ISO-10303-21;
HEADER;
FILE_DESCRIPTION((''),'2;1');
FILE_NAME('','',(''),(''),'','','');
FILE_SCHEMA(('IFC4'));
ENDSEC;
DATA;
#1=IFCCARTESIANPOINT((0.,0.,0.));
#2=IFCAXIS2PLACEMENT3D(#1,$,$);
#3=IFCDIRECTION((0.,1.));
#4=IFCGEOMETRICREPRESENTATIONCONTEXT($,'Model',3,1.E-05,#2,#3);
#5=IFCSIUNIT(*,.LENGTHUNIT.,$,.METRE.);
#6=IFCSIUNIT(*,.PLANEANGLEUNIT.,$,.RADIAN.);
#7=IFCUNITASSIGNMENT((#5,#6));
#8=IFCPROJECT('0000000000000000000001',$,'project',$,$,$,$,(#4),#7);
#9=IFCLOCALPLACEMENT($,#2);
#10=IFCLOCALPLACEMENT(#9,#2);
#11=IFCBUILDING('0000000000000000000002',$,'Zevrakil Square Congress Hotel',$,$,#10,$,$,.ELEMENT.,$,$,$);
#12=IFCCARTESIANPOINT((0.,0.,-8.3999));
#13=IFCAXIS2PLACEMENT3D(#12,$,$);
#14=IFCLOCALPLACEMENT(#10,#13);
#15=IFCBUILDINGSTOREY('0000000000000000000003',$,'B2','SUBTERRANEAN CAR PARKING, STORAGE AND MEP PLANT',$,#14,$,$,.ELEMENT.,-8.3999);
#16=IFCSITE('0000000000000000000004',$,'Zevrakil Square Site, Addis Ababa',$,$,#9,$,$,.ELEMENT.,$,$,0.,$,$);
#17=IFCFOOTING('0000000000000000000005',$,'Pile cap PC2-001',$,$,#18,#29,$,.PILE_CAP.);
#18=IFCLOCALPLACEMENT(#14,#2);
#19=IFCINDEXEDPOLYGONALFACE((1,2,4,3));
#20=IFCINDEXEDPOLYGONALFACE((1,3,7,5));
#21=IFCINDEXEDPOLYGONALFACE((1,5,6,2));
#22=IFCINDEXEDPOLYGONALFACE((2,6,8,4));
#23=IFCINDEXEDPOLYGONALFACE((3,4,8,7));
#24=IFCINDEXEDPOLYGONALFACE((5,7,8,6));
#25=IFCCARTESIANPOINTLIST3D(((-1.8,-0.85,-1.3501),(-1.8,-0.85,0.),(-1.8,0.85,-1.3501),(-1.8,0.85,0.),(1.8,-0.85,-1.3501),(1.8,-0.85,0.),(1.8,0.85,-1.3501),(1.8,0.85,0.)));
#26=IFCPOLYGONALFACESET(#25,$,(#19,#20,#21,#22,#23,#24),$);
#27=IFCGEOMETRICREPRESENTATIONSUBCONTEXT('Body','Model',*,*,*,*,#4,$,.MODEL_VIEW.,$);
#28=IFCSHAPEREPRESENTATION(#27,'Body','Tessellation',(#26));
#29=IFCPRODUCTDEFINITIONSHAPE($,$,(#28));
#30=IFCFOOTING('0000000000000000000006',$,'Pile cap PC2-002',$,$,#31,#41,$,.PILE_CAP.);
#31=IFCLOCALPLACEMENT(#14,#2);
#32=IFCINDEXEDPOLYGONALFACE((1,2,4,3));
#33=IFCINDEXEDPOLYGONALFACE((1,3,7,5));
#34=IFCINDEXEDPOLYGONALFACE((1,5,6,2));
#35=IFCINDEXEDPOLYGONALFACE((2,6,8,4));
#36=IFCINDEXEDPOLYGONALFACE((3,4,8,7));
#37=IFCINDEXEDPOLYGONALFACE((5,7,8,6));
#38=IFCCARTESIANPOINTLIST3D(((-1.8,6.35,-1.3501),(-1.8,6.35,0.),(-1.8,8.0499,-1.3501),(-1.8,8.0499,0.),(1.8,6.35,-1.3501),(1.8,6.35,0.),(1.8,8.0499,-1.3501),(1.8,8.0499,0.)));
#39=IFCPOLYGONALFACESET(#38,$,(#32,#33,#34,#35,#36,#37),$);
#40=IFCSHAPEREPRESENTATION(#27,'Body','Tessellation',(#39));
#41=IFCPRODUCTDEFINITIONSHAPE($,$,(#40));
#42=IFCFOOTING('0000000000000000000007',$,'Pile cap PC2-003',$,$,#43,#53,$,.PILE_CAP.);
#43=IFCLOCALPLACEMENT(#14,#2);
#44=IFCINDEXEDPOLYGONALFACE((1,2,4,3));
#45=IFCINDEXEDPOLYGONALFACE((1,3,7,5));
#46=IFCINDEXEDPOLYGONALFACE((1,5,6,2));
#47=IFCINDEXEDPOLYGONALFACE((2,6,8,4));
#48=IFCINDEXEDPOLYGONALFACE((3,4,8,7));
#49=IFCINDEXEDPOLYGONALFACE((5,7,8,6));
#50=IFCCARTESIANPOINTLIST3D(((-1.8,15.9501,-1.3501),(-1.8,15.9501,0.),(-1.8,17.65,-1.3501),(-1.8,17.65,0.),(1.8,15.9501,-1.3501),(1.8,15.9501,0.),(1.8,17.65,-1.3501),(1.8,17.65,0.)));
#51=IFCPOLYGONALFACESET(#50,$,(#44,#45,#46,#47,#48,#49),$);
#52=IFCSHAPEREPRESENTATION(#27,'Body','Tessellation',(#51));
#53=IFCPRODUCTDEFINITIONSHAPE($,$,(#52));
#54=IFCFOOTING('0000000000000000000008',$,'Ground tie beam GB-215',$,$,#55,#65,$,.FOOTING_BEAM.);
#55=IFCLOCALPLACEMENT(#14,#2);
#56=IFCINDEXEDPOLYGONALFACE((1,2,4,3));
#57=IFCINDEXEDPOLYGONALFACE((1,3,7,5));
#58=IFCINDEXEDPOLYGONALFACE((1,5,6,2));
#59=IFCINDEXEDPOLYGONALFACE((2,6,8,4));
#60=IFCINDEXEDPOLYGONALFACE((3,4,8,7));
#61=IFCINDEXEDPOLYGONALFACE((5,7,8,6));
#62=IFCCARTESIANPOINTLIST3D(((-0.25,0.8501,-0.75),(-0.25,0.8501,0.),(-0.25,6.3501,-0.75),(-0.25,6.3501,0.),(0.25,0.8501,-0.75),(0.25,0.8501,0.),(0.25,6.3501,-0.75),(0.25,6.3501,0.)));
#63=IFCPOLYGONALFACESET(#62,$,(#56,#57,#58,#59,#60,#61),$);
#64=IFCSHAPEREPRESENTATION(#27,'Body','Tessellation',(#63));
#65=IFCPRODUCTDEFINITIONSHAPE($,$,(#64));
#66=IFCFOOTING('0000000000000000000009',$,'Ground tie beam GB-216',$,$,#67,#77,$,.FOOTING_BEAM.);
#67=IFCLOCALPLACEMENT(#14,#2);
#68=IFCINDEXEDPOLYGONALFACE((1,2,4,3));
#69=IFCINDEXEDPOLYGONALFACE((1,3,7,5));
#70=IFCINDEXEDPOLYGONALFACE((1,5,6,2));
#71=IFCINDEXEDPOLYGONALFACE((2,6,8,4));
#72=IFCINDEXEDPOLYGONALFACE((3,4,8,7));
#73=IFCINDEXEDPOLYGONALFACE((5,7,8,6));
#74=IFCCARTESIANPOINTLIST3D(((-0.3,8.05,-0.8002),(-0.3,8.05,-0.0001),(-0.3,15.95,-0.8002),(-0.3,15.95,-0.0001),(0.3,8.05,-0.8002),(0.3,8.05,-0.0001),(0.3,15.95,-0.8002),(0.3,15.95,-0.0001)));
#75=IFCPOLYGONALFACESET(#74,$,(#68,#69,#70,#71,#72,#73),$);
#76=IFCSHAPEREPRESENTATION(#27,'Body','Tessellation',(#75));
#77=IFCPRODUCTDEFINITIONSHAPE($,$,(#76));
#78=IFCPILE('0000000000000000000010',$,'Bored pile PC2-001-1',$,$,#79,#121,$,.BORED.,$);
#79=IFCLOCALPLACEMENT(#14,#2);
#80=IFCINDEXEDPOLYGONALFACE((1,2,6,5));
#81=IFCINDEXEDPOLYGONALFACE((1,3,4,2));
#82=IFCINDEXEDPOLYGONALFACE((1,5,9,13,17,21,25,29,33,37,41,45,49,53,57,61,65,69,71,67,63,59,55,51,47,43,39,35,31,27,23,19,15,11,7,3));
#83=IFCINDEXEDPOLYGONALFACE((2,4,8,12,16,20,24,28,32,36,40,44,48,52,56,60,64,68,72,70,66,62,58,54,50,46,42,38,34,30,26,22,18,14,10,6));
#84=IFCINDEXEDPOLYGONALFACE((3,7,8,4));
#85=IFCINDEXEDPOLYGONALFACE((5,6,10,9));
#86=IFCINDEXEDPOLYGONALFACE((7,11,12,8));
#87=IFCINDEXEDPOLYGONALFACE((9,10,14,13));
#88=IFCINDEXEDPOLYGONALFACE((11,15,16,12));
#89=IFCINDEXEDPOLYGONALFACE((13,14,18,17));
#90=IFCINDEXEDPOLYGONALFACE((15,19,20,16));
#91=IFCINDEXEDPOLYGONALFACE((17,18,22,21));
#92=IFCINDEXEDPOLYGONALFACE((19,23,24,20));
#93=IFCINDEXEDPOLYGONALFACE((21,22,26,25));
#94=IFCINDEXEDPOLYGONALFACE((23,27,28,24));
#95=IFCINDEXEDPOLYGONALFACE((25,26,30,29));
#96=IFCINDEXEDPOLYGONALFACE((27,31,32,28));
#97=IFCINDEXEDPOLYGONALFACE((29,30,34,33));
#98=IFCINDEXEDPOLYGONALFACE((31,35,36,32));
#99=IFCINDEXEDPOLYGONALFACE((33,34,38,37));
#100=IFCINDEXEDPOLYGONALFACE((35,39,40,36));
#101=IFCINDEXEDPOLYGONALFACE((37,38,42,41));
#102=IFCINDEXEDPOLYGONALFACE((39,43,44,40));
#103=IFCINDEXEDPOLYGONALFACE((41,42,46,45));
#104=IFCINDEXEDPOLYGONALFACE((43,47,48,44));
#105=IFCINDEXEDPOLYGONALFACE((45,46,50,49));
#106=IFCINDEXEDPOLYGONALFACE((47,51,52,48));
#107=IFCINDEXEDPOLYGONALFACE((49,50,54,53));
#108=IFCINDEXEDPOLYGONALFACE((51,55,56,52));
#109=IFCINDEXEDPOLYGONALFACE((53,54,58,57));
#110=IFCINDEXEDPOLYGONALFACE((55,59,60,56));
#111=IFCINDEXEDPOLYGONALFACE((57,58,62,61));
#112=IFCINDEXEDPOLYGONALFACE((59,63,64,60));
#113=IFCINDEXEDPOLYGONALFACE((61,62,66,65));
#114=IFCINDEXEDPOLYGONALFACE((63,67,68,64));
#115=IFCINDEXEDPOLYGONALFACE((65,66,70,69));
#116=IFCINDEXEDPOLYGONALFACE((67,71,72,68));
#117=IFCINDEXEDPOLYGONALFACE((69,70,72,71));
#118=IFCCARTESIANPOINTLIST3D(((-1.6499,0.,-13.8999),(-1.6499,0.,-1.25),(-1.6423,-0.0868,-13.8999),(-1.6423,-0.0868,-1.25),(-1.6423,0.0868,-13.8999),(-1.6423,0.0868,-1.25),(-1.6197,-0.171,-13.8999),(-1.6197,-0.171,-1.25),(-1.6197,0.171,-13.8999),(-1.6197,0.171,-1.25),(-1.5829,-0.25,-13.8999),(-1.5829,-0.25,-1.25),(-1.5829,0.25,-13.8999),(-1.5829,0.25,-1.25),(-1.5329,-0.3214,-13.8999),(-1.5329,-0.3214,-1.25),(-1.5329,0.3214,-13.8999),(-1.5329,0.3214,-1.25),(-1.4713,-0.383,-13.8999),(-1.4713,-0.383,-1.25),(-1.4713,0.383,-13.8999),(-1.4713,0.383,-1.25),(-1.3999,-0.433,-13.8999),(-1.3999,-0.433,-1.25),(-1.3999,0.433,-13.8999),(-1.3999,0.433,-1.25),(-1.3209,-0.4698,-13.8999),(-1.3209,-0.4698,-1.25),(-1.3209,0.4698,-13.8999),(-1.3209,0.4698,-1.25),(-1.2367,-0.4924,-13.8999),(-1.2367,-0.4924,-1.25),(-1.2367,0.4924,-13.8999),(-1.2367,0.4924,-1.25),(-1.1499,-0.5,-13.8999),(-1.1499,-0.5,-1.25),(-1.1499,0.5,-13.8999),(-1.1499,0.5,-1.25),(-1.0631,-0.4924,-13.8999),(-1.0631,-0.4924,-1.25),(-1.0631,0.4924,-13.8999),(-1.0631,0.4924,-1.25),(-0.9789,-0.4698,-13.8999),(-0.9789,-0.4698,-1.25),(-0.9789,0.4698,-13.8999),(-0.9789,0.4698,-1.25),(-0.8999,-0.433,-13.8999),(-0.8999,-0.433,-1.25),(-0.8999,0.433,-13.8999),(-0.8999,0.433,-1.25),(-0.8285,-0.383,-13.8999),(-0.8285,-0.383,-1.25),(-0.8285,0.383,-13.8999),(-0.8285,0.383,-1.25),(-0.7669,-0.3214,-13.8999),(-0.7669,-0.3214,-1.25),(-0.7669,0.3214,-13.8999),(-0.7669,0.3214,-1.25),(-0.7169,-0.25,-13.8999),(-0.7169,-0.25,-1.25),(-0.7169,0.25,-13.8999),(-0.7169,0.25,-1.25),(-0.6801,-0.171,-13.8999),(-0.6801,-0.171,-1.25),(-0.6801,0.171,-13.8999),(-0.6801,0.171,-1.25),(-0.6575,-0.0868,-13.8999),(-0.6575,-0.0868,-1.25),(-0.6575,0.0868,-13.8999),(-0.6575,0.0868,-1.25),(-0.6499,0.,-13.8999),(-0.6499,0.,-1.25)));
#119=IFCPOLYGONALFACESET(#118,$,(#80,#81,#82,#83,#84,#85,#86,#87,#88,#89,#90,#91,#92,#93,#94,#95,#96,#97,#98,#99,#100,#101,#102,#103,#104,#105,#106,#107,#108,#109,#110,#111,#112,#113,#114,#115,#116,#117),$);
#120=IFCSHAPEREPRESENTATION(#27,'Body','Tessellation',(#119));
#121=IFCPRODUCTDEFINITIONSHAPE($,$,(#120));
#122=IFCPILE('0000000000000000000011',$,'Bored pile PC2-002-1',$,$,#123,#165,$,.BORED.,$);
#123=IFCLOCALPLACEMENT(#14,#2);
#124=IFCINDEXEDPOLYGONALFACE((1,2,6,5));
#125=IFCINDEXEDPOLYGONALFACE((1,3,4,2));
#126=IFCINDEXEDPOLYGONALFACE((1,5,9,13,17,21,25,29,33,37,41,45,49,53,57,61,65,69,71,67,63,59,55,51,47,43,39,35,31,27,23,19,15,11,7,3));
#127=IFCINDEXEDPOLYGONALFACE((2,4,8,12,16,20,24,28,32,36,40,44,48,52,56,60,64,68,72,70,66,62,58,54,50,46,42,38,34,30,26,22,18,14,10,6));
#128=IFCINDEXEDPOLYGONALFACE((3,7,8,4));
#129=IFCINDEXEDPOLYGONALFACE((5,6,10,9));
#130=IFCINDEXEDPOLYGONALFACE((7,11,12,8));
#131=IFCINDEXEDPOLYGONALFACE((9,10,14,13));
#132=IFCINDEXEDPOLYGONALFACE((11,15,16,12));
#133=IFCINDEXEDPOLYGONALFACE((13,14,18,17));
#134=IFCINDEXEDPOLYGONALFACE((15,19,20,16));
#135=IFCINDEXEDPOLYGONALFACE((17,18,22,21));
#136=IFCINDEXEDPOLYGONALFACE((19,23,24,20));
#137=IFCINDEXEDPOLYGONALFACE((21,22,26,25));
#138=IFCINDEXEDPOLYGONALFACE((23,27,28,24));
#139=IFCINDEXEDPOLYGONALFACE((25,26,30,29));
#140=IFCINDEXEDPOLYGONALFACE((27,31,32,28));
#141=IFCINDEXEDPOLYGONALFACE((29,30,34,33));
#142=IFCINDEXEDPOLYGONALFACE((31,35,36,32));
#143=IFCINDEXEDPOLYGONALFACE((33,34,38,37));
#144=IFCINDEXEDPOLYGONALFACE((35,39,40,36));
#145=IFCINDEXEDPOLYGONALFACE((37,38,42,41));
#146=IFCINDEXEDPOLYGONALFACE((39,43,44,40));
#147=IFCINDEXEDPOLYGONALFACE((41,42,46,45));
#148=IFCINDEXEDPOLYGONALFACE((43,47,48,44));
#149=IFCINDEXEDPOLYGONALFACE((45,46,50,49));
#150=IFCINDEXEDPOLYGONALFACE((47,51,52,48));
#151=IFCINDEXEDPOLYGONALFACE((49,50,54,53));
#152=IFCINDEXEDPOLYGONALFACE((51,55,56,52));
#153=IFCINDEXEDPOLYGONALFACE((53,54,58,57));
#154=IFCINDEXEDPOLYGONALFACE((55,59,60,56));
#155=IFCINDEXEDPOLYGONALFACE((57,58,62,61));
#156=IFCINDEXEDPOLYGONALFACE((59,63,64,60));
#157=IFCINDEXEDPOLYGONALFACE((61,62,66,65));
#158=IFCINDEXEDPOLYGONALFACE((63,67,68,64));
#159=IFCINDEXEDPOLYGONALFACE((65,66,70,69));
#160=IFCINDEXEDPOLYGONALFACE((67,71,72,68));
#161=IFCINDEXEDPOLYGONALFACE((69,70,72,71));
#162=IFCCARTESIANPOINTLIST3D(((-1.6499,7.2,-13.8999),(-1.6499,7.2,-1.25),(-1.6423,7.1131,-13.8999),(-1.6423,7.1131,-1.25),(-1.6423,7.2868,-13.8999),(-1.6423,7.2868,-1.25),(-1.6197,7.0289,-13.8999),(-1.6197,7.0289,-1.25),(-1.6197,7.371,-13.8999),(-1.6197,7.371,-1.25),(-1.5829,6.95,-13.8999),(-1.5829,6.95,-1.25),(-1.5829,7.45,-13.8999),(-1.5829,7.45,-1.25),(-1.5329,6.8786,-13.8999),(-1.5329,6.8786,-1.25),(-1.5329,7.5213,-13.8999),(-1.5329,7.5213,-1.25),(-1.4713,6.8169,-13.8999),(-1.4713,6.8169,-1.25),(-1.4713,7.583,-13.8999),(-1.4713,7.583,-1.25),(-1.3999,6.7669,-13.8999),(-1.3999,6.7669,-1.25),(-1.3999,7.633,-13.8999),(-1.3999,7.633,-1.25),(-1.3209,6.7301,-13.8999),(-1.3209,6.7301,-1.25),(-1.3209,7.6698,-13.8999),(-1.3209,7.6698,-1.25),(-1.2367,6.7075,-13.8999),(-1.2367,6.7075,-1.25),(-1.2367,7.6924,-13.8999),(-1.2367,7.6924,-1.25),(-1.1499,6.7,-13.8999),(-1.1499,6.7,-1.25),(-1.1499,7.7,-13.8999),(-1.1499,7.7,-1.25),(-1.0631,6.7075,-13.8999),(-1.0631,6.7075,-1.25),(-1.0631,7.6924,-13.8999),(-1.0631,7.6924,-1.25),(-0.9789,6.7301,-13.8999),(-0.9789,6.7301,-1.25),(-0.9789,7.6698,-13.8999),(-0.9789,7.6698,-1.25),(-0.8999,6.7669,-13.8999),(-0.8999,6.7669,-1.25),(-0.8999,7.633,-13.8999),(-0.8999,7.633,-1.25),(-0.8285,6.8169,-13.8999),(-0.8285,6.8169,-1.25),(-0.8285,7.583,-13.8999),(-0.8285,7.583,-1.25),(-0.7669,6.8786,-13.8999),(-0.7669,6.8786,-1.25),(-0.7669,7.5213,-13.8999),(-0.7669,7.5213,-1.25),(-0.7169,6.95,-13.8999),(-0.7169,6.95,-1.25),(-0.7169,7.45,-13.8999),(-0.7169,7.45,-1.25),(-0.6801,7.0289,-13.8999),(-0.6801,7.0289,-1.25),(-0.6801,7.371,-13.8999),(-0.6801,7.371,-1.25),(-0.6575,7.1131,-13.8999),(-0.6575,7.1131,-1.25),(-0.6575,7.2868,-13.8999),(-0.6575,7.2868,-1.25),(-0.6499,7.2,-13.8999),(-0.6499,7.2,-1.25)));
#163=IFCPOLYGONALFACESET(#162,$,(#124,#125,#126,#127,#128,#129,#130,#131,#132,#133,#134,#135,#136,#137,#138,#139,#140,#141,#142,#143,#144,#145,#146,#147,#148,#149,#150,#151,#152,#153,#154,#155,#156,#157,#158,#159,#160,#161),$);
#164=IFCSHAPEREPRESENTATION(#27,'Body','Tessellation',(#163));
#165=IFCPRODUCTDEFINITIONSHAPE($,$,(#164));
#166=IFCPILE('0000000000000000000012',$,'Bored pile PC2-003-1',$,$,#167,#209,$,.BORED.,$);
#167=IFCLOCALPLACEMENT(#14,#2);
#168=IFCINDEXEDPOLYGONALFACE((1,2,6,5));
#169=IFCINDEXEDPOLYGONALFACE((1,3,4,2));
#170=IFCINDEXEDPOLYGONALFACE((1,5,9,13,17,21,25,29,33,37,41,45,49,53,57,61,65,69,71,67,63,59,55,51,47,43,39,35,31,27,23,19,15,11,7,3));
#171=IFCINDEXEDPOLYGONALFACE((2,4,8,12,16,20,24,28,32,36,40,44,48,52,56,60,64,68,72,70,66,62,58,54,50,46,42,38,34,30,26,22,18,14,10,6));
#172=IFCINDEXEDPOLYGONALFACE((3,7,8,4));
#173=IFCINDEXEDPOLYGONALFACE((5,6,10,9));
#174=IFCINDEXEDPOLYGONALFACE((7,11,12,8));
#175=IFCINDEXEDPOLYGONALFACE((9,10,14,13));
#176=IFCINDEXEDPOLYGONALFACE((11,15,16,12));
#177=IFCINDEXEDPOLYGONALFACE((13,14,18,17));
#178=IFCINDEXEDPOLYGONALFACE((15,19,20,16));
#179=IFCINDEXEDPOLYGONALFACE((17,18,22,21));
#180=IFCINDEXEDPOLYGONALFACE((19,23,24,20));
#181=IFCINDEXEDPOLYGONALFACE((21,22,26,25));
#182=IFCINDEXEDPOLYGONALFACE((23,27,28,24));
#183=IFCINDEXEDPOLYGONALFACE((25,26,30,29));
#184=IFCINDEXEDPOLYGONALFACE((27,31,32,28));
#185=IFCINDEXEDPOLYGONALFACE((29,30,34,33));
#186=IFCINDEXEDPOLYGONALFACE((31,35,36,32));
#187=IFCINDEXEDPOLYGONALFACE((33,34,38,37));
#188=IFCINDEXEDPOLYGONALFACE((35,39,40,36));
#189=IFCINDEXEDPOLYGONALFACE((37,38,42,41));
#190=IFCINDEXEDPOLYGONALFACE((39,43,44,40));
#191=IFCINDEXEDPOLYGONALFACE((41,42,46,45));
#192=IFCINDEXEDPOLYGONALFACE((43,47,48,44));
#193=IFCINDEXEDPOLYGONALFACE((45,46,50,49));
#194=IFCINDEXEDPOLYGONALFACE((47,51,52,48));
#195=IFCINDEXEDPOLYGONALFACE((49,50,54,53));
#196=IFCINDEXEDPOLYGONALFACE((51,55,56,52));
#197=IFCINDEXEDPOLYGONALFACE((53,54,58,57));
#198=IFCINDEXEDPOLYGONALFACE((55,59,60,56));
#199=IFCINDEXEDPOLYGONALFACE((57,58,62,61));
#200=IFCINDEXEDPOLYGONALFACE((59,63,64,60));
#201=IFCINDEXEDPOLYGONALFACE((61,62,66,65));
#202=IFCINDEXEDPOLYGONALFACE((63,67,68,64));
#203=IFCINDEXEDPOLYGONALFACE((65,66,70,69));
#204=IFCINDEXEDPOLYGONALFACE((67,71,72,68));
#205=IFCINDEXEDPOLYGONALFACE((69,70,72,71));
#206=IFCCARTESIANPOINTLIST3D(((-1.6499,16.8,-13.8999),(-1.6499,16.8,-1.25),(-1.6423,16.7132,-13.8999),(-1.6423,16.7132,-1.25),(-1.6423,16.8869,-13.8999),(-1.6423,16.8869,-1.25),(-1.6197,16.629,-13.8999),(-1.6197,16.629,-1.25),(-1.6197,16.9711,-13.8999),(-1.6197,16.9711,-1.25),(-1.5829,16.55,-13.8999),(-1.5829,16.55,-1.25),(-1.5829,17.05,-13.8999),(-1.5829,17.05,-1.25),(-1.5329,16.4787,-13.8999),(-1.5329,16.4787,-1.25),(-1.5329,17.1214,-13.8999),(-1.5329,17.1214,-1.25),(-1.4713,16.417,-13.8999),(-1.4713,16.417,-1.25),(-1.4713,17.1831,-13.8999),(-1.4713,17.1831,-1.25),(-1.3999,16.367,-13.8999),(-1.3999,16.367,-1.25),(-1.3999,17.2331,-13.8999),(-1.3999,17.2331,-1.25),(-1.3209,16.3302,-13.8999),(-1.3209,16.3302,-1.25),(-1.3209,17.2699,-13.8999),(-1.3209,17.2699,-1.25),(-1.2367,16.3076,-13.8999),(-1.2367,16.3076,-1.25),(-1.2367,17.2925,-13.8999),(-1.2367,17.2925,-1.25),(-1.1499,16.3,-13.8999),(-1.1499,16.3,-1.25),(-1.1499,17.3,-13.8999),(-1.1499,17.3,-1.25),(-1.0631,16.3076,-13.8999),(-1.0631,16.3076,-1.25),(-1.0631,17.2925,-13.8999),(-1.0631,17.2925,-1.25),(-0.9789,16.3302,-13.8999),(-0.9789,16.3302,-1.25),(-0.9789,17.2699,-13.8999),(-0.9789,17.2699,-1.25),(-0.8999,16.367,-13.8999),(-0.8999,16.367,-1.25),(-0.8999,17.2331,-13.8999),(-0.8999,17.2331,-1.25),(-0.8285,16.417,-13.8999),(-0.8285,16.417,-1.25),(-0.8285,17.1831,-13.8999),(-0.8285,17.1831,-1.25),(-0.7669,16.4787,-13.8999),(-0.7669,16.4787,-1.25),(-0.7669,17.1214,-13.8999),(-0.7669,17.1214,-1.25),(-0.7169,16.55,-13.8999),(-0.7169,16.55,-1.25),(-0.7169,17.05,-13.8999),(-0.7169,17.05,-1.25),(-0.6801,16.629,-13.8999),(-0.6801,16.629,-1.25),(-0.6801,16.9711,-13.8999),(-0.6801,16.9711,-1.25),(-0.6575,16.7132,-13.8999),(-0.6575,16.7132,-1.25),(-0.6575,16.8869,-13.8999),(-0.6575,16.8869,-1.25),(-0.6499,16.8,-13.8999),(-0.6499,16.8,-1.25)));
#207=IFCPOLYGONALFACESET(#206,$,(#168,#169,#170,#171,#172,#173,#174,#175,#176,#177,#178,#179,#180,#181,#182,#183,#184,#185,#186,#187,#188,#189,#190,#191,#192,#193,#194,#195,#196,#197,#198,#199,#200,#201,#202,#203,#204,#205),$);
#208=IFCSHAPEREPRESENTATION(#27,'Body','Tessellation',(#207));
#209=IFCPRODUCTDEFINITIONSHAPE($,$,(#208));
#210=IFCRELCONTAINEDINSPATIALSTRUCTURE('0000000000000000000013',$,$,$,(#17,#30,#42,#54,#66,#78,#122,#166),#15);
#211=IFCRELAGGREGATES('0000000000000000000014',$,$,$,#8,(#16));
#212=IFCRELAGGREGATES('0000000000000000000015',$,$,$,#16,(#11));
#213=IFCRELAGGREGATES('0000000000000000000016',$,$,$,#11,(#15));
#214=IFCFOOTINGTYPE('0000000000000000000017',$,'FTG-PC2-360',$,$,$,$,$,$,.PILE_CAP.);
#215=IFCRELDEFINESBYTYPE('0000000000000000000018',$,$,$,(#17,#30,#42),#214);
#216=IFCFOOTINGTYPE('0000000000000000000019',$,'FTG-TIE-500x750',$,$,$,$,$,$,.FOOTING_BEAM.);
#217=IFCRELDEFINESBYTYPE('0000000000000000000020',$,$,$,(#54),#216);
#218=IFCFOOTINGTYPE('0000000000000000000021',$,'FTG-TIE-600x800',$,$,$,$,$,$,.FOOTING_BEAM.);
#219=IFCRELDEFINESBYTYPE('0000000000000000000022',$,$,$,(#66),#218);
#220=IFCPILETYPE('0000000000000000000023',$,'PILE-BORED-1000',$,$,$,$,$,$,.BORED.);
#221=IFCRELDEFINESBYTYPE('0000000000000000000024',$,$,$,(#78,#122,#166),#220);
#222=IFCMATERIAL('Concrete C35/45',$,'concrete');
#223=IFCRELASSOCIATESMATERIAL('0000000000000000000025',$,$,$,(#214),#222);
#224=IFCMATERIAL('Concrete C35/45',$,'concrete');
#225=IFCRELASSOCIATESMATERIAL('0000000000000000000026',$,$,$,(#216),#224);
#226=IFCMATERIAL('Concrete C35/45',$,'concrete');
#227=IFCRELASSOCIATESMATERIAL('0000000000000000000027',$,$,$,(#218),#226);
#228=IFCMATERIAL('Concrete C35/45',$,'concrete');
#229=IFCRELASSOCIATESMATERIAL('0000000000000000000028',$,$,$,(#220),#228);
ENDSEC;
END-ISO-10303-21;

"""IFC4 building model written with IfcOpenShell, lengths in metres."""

from ifc_helpers import new_model, si_unit, direction, frame, origin, origin_2d, place, context, subcontext, project, spatial, rectangle, circle, extrude, material, material_profile, profile_set, type_object, element, save


model = new_model("IFC4")

# Units and contexts
model_context = context("Model", 3, precision=1e-05, world=origin(), true_north=direction((0.0, 1.0)))
body_context = subcontext(model_context, "Body", "Model", "MODEL_VIEW")
ifc_project = project(units=[si_unit("LENGTHUNIT", "METRE"), si_unit("PLANEANGLEUNIT", "RADIAN")], contexts=[model_context])

# Site, building, storey
site_placement = place(None, origin())
site = spatial("IfcSite", under=ifc_project, at=site_placement, Name="Zevrakil Square Site, Addis Ababa", CompositionType="ELEMENT", RefElevation=0.0)
building_placement = place(site_placement, origin())
building = spatial("IfcBuilding", under=site, at=building_placement, Name="Zevrakil Square Congress Hotel", CompositionType="ELEMENT")
storey_placement = place(building_placement, frame((0.0, 0.0, -8.3999)))
storey = spatial("IfcBuildingStorey", under=building, at=storey_placement, Name="B2", Description="SUBTERRANEAN CAR PARKING, STORAGE AND MEP PLANT", CompositionType="ELEMENT", Elevation=-8.3999)

# Footings
ifc_material_1 = material(Name="Concrete C35/45", Category="concrete")
footing_type_1 = type_object("IfcFootingType", Name="FTG-PC2-360", PredefinedType="PILE_CAP", material=ifc_material_1)
for number, where, z_axis, x_axis, name in (
    (1, (0.0, 0.0, -1.3501), (0.0, 0.0, 1.0), (1.0, 0.0, 0.0), "Pile cap PC2-001"),
    (2, (0.0, 7.2, -1.3501), (0.0, 0.0, 1.0), (1.0, 0.0, 0.0), "Pile cap PC2-002"),
    (3, (0.0, 16.8, -1.3501), (0.0, 0.0, 1.0), (1.0, 0.0, 0.0), "Pile cap PC2-003"),
):
    element("IfcFooting", number, at=place(storey_placement, frame(where, z_axis=z_axis, x_axis=x_axis)), inside=storey, type_object=footing_type_1, Name=name, PredefinedType="PILE_CAP", context=body_context, shape_type="SweptSolid", body=[
        extrude(rectangle(XDim=3.6001, YDim=1.7, at=origin_2d()), origin(), (0.0, 0.0, 1.0), 1.3501),
    ])
ifc_material_2 = material(Name="Concrete C35/45", Category="concrete")
ifc_material_profile_1 = material_profile(ifc_material_2, rectangle(XDim=0.5, YDim=0.75, at=origin_2d()), Name="RC 500x750")
ifc_profile_set_1 = profile_set([ifc_material_profile_1], Name="Concrete C35/45")
footing_type_2 = type_object("IfcFootingType", Name="FTG-TIE-500x750", PredefinedType="FOOTING_BEAM", material=ifc_profile_set_1)
footing_1_placement = place(storey_placement, frame((0.0, 0.8501, -0.375), z_axis=(0.0, 1.0, 0.0), x_axis=(-1.0, 0.0, 0.0)))
element("IfcFooting", 4, at=footing_1_placement, inside=storey, type_object=footing_type_2, Name="Ground tie beam GB-215", PredefinedType="FOOTING_BEAM", context=body_context, shape_type="SweptSolid", body=[
    extrude(rectangle(XDim=0.5, YDim=0.75, at=origin_2d()), origin(), (0.0, 0.0, 1.0), 5.5),
])
ifc_material_3 = material(Name="Concrete C35/45", Category="concrete")
ifc_material_profile_2 = material_profile(ifc_material_3, rectangle(XDim=0.6001, YDim=0.8, at=origin_2d()), Name="RC 600x800")
ifc_profile_set_2 = profile_set([ifc_material_profile_2], Name="Concrete C35/45")
footing_type_3 = type_object("IfcFootingType", Name="FTG-TIE-600x800", PredefinedType="FOOTING_BEAM", material=ifc_profile_set_2)
footing_2_placement = place(storey_placement, frame((0.0, 8.05, -0.4001), z_axis=(0.0, 1.0, 0.0), x_axis=(-1.0, 0.0, 0.0)))
element("IfcFooting", 5, at=footing_2_placement, inside=storey, type_object=footing_type_3, Name="Ground tie beam GB-216", PredefinedType="FOOTING_BEAM", context=body_context, shape_type="SweptSolid", body=[
    extrude(rectangle(XDim=0.6001, YDim=0.8, at=origin_2d()), origin(), (0.0, 0.0, 1.0), 7.8999),
])

# Piles
ifc_material_4 = material(Name="Concrete C35/45", Category="concrete")
ifc_material_profile_3 = material_profile(ifc_material_4, circle(Radius=0.5, at=origin_2d()), Name="PILE D1000")
ifc_profile_set_3 = profile_set([ifc_material_profile_3], Name="Concrete C35/45")
pile_type = type_object("IfcPileType", Name="PILE-BORED-1000", PredefinedType="BORED", material=ifc_profile_set_3)
for number, where, z_axis, x_axis, name in (
    (6, (-1.1499, 0.0, -1.25), (0.0, 0.0, -1.0), (1.0, 0.0, 0.0), "Bored pile PC2-001-1"),
    (7, (-1.1499, 7.2, -1.25), (0.0, 0.0, -1.0), (1.0, 0.0, 0.0), "Bored pile PC2-002-1"),
    (8, (-1.1499, 16.8, -1.25), (0.0, 0.0, -1.0), (1.0, 0.0, 0.0), "Bored pile PC2-003-1"),
):
    element("IfcPile", number, at=place(storey_placement, frame(where, z_axis=z_axis, x_axis=x_axis)), inside=storey, type_object=pile_type, Name=name, PredefinedType="BORED", context=body_context, shape_type="SweptSolid", body=[
        extrude(circle(Radius=0.5, at=origin_2d()), origin(), (0.0, 0.0, 1.0), 12.6499),
    ])

save(model, "model.ifc")
